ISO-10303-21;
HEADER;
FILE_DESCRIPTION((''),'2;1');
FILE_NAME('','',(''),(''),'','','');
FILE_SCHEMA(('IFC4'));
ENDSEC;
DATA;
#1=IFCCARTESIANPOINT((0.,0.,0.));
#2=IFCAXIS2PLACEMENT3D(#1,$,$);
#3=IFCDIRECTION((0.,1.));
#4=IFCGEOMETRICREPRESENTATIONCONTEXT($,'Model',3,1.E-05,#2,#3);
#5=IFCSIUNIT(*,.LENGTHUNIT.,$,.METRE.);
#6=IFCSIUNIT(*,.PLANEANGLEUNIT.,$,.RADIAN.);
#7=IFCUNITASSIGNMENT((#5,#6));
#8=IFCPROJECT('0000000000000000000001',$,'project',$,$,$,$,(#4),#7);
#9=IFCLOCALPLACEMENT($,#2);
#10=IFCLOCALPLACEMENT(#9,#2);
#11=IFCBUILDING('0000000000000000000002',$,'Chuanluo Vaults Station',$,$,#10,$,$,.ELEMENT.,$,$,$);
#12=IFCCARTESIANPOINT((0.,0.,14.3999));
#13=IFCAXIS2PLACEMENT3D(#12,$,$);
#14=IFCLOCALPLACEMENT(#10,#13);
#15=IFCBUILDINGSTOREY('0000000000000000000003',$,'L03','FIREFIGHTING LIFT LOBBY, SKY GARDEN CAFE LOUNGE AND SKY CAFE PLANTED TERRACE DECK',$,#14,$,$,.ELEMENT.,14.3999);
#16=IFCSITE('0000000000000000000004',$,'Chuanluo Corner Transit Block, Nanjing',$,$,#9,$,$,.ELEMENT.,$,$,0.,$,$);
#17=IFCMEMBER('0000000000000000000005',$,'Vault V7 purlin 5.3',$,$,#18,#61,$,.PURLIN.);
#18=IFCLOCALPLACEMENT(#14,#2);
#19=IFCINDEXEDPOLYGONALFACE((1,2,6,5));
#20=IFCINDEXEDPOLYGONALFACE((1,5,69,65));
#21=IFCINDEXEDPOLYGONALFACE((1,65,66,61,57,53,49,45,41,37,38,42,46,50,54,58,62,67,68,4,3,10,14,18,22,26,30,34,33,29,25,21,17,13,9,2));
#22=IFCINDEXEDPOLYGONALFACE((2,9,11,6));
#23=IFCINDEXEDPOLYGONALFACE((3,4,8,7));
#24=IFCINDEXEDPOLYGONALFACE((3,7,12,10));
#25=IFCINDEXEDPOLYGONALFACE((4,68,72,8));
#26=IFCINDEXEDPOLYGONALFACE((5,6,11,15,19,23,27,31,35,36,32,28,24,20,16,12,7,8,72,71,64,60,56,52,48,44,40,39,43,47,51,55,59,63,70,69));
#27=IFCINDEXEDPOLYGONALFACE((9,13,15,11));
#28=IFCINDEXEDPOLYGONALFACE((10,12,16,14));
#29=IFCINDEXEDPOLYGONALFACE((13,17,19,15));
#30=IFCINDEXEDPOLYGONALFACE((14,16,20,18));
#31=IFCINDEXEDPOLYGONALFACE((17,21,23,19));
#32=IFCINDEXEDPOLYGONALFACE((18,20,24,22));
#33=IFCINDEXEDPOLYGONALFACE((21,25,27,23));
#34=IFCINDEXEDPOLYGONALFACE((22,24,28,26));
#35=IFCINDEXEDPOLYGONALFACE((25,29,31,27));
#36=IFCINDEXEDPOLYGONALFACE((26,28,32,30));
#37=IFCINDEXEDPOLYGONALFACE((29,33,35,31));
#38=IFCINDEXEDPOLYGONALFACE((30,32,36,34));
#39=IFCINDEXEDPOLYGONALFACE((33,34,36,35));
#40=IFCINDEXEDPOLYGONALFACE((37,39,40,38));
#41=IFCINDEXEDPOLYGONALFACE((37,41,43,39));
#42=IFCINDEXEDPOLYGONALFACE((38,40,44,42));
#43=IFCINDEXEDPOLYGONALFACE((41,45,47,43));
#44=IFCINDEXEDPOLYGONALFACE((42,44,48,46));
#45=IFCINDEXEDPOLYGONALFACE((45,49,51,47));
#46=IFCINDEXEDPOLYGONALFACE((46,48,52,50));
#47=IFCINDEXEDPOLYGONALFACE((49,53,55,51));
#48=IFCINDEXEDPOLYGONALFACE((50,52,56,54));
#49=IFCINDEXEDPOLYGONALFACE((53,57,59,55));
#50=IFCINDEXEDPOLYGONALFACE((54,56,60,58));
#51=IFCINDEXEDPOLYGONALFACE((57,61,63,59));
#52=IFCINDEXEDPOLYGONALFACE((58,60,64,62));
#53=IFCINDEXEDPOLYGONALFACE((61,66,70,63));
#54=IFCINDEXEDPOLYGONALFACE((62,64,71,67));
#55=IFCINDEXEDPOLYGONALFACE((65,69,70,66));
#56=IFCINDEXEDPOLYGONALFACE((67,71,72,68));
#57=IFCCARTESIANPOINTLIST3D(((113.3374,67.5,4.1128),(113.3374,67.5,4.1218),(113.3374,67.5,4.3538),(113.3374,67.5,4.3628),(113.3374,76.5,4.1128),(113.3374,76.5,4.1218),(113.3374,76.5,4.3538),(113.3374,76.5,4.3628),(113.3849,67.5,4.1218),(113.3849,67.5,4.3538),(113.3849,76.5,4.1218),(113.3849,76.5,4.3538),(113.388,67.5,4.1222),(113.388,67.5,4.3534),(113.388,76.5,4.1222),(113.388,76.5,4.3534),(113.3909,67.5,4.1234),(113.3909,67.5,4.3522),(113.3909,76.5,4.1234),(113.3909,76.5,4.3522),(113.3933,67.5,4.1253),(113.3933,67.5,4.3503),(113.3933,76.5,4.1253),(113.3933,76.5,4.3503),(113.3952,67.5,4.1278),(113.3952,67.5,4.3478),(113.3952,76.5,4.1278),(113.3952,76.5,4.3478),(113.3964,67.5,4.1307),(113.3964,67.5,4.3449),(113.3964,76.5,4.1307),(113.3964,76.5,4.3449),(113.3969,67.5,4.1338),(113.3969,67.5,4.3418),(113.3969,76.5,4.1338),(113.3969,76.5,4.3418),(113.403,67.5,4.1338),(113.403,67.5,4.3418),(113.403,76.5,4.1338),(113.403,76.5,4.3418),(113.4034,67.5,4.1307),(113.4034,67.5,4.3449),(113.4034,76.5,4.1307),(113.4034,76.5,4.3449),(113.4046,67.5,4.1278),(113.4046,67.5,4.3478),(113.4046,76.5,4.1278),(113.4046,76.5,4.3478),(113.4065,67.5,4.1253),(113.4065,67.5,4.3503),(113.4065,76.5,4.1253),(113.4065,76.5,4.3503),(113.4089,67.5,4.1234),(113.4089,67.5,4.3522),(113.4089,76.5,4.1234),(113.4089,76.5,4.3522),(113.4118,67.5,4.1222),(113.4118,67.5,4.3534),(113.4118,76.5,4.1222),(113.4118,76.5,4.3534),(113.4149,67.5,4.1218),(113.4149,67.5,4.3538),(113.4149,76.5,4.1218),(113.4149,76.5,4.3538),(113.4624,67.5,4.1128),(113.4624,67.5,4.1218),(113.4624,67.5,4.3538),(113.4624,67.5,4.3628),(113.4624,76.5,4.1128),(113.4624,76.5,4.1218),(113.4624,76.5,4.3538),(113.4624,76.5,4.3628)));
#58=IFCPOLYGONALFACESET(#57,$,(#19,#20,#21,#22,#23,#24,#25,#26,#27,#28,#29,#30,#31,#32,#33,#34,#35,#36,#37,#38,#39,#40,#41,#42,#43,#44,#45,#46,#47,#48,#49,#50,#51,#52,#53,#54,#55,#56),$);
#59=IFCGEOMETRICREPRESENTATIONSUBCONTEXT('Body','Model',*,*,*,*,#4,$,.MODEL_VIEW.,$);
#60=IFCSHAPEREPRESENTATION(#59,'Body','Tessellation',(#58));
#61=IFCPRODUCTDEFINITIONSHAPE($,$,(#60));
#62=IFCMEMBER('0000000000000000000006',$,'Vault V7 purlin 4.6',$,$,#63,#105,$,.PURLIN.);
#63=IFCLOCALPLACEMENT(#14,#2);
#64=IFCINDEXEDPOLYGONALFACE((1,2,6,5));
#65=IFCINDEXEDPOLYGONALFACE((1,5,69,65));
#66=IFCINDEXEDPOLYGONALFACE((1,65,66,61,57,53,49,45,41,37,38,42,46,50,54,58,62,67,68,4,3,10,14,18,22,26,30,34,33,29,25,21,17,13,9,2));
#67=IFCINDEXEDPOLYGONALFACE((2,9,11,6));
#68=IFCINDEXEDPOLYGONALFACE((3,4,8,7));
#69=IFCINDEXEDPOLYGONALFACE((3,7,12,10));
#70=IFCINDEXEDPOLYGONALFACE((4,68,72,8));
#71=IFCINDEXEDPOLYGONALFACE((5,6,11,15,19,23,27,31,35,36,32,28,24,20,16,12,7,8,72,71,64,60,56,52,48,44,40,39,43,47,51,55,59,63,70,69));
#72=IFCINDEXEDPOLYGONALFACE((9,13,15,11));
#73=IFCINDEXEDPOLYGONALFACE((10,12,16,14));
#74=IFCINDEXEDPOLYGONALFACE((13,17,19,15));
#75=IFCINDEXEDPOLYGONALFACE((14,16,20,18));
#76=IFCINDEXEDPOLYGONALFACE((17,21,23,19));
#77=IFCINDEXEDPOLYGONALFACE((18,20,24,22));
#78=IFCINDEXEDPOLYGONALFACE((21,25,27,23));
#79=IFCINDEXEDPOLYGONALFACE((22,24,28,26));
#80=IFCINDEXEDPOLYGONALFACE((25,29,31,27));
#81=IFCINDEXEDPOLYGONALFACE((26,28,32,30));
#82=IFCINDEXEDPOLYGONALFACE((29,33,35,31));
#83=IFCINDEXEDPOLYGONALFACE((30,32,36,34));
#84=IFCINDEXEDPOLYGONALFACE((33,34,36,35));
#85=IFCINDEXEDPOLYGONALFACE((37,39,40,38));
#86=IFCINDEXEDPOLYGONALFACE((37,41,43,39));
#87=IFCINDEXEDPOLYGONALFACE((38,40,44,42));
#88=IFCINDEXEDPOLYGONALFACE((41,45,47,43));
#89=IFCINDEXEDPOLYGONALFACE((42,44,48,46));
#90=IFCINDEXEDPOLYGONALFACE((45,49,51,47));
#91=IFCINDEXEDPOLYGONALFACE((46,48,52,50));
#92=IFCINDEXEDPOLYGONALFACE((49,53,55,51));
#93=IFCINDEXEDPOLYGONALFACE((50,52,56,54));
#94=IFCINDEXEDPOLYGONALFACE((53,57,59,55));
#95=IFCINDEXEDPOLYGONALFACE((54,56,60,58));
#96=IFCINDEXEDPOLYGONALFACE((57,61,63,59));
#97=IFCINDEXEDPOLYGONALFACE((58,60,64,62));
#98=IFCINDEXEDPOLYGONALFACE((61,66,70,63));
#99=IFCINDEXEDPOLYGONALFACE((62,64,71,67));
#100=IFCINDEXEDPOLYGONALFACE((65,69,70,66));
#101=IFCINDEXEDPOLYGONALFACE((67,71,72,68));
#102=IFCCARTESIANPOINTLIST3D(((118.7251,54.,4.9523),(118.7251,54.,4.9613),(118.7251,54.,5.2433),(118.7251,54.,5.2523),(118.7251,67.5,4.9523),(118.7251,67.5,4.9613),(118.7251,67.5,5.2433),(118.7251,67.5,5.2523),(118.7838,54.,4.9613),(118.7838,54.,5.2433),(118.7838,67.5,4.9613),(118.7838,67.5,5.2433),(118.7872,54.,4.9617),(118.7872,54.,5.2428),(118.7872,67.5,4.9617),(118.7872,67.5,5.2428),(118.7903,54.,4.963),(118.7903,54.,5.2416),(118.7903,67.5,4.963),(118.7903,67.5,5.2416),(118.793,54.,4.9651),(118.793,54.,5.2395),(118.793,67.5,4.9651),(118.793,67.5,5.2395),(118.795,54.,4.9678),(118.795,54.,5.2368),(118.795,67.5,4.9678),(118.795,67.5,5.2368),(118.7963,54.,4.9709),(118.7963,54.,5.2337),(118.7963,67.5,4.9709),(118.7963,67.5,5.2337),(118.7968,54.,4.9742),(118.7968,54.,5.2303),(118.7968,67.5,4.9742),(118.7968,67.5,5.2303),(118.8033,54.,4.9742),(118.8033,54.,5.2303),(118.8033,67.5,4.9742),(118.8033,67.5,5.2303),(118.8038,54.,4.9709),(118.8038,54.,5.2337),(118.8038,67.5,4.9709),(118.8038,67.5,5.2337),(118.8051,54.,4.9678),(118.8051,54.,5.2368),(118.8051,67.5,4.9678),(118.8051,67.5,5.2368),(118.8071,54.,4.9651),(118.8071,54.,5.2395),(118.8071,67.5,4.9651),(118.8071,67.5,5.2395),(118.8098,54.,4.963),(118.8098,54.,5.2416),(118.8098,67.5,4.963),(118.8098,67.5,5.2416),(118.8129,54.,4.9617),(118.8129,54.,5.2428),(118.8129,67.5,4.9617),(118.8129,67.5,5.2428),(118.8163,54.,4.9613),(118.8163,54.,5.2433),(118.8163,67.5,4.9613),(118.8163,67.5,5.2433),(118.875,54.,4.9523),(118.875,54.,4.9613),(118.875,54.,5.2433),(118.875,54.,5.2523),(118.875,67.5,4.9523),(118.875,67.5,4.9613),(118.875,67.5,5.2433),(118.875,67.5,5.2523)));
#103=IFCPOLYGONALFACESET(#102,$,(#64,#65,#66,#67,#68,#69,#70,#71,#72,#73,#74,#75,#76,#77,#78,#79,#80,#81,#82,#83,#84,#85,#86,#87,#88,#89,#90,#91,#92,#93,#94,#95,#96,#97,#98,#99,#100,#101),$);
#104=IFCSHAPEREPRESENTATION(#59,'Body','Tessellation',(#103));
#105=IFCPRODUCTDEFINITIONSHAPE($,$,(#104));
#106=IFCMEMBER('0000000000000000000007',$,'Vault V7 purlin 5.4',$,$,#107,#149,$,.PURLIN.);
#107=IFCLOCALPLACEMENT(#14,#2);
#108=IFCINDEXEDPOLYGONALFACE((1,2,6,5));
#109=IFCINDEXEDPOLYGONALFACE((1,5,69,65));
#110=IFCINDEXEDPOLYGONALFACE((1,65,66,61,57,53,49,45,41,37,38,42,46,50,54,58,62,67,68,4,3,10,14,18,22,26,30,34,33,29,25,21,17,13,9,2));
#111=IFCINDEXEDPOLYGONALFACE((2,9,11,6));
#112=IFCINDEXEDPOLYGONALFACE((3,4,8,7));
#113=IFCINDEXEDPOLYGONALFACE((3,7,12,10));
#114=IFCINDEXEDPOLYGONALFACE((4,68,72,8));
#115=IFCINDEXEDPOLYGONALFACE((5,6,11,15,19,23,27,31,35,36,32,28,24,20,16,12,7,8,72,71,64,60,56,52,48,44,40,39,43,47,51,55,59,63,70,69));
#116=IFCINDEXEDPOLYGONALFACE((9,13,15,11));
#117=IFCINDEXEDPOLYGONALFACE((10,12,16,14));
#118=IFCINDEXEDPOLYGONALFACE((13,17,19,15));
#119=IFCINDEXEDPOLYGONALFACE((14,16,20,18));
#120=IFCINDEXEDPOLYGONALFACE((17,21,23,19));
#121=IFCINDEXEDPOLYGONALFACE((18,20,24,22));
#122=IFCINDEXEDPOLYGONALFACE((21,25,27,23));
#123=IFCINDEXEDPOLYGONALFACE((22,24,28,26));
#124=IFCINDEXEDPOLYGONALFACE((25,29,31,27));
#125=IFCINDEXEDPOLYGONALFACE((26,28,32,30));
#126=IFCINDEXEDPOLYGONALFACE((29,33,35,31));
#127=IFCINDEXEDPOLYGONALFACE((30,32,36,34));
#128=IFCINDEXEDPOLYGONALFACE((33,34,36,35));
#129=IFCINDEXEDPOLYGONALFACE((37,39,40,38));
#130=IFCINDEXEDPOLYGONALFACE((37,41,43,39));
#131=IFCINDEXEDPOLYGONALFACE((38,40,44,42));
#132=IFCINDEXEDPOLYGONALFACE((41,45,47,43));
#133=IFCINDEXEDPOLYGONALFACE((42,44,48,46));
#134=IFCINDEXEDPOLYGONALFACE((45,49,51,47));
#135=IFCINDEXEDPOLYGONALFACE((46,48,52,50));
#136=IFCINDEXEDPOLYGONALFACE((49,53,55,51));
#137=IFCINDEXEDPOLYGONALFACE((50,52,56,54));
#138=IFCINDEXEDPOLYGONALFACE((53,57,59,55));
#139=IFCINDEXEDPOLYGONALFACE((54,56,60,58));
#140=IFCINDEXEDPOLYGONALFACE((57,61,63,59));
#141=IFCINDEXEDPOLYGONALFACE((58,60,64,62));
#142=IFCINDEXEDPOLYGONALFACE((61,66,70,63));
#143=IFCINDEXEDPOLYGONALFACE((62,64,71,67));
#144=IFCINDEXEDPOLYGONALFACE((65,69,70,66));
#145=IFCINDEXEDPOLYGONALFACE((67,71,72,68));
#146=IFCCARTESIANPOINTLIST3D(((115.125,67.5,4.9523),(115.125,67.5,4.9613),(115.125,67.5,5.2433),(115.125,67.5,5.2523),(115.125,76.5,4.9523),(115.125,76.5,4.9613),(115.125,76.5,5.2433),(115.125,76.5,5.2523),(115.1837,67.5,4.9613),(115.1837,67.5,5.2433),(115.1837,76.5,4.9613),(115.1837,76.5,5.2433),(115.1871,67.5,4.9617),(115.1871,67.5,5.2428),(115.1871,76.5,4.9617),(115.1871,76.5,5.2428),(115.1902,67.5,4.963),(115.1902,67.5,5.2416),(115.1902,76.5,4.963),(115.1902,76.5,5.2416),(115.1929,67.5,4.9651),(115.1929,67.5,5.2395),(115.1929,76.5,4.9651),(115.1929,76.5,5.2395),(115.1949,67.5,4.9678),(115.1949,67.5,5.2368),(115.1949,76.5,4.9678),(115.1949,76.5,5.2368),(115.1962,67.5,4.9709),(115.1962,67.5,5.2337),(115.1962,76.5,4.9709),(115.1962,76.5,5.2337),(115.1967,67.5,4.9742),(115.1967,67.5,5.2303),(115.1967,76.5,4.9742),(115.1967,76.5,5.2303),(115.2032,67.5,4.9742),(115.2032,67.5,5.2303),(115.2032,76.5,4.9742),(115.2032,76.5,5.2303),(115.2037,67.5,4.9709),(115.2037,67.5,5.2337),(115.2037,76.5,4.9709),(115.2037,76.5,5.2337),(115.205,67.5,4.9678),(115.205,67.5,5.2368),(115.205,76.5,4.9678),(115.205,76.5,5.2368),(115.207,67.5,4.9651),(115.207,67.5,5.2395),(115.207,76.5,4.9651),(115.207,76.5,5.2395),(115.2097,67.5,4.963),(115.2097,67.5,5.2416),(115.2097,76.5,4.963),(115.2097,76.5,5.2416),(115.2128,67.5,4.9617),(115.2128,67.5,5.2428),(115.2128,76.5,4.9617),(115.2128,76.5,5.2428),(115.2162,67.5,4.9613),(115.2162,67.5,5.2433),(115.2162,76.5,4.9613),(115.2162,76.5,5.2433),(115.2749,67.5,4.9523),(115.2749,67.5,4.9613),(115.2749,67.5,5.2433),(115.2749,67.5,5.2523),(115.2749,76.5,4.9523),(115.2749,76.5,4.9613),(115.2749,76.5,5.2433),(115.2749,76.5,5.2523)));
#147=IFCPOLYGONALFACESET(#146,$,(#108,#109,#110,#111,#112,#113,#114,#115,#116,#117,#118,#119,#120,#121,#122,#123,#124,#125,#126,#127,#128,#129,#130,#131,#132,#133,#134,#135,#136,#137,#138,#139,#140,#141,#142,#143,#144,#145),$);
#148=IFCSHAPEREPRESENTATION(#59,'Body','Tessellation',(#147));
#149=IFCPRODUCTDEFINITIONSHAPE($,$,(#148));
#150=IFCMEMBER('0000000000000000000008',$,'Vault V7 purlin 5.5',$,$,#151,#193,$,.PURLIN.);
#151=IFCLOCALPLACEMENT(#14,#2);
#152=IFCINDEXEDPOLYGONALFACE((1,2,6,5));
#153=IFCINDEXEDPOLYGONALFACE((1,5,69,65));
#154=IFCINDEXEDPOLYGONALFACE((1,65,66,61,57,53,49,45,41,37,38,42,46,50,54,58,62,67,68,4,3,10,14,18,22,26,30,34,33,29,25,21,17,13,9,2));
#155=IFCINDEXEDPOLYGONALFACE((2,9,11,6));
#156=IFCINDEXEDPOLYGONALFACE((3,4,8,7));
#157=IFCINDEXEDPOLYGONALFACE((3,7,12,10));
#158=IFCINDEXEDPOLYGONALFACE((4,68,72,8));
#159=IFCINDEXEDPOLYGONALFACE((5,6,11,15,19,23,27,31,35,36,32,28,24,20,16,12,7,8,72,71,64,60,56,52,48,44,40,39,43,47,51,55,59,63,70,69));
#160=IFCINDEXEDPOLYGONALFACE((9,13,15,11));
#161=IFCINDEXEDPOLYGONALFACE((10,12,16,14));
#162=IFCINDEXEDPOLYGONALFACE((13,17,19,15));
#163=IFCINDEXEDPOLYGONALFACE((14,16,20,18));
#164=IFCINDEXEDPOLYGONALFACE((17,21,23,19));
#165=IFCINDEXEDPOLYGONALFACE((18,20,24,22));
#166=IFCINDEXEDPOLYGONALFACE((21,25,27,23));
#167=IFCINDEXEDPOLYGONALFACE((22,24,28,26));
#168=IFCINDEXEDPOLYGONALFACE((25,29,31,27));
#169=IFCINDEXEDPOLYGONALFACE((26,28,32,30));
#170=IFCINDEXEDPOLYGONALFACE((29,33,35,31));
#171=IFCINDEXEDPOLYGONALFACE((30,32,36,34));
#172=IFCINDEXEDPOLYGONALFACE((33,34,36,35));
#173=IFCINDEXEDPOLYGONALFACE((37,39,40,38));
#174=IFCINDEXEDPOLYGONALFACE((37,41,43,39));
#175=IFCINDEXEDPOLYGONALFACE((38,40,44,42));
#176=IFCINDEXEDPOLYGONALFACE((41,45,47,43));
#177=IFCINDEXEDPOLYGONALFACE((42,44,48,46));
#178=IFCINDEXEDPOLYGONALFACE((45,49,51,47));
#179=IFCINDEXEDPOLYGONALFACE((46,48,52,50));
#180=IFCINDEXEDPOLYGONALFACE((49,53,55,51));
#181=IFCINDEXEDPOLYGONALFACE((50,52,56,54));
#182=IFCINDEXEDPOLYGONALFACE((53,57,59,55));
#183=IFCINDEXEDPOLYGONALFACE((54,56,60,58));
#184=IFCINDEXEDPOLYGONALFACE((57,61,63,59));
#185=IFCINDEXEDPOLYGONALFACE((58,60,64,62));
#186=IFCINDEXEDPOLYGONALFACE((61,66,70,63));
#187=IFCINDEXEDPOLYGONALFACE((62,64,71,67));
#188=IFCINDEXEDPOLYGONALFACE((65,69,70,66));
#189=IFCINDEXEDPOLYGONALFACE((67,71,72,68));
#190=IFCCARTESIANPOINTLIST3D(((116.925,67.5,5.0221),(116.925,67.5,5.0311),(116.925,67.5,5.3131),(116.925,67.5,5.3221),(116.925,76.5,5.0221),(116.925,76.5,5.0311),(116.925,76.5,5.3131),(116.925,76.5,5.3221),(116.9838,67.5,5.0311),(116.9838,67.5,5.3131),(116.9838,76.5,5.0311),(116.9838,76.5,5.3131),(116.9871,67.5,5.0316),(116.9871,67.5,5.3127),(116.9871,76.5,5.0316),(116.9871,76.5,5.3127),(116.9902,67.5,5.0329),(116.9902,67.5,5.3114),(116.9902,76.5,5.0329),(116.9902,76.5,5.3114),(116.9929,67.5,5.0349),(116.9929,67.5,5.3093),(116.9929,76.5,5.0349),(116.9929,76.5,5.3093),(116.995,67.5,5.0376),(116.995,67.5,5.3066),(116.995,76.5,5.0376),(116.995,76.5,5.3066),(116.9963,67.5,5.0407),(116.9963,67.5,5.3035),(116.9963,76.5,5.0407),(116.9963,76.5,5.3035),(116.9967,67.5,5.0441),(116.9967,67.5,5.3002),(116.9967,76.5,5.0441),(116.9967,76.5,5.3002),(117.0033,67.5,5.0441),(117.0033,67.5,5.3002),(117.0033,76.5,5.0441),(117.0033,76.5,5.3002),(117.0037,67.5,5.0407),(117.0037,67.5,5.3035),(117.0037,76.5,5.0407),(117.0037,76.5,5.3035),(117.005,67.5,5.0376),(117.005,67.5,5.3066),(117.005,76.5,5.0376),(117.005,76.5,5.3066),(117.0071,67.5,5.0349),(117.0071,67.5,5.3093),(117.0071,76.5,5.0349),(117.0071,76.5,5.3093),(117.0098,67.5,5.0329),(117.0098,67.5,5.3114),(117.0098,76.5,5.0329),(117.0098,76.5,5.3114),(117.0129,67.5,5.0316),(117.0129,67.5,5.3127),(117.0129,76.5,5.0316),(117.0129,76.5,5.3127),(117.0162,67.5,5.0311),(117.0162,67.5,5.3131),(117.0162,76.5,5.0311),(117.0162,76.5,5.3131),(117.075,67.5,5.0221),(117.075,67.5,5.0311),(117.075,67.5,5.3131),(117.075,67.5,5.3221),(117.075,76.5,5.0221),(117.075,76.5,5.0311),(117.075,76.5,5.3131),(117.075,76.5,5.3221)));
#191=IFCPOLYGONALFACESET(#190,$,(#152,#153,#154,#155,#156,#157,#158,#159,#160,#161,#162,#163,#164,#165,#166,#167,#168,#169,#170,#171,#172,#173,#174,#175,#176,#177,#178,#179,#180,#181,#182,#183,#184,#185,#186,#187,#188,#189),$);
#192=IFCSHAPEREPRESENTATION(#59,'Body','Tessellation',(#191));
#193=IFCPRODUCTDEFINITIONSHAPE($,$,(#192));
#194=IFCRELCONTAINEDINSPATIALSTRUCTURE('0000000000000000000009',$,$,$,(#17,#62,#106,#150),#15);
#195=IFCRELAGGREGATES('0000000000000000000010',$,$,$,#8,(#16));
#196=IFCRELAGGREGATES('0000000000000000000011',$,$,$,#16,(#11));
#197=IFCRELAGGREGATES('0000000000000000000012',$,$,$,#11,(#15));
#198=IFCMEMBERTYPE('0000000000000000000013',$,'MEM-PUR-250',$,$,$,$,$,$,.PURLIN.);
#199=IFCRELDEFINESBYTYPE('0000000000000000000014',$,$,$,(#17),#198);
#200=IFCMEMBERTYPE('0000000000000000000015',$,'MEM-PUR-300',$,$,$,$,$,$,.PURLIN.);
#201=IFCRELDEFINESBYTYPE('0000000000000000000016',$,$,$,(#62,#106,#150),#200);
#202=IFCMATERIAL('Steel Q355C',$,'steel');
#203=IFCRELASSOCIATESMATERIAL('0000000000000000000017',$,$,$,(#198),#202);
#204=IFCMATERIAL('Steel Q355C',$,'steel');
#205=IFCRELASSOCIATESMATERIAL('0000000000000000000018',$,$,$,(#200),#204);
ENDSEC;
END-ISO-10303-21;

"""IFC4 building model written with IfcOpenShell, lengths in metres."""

from ifc_helpers import new_model, si_unit, direction, frame, origin, origin_2d, place, context, subcontext, project, spatial, i_section, extrude, material, material_profile, profile_set, type_object, element, save


model = new_model("IFC4")

# Units and contexts
model_context = context("Model", 3, precision=1e-05, world=origin(), true_north=direction((0.0, 1.0)))
body_context = subcontext(model_context, "Body", "Model", "MODEL_VIEW")
ifc_project = project(units=[si_unit("LENGTHUNIT", "METRE"), si_unit("PLANEANGLEUNIT", "RADIAN")], contexts=[model_context])

# Site, building, storey
site_placement = place(None, origin())
site = spatial("IfcSite", under=ifc_project, at=site_placement, Name="Chuanluo Corner Transit Block, Nanjing", CompositionType="ELEMENT", RefElevation=0.0)
building_placement = place(site_placement, origin())
building = spatial("IfcBuilding", under=site, at=building_placement, Name="Chuanluo Vaults Station", CompositionType="ELEMENT")
storey_placement = place(building_placement, frame((0.0, 0.0, 14.3999)))
storey = spatial("IfcBuildingStorey", under=building, at=storey_placement, Name="L03", Description="FIREFIGHTING LIFT LOBBY, SKY GARDEN CAFE LOUNGE AND SKY CAFE PLANTED TERRACE DECK", CompositionType="ELEMENT", Elevation=14.3999)

# Members
ifc_material_1 = material(Name="Steel Q355C", Category="steel")
ifc_material_profile_1 = material_profile(ifc_material_1, i_section(OverallWidth=0.125, OverallDepth=0.25, WebThickness=0.0061, FlangeThickness=0.009, FilletRadius=0.012, at=origin_2d()))
ifc_profile_set_1 = profile_set([ifc_material_profile_1], Name="Steel Q355C")
member_type_1 = type_object("IfcMemberType", Name="MEM-PUR-250", PredefinedType="PURLIN", material=ifc_profile_set_1)
for number, where, z_axis, x_axis, name in (
    (1, (113.3999, 67.5, 4.2378), (0.0, 1.0, 0.0), (-1.0, 0.0, 0.0), "Vault V7 purlin 5.3"),
):
    element("IfcMember", number, at=place(storey_placement, frame(where, z_axis=z_axis, x_axis=x_axis)), inside=storey, type_object=member_type_1, Name=name, PredefinedType="PURLIN", context=body_context, shape_type="SweptSolid", body=[
        extrude(i_section(OverallWidth=0.125, OverallDepth=0.25, WebThickness=0.0061, FlangeThickness=0.009, FilletRadius=0.012, at=origin_2d()), origin(), (0.0, 0.0, 1.0), 9.0),
    ])
ifc_material_2 = material(Name="Steel Q355C", Category="steel")
ifc_material_profile_2 = material_profile(ifc_material_2, i_section(OverallWidth=0.1499, OverallDepth=0.3, WebThickness=0.0066, FlangeThickness=0.009, FilletRadius=0.0129, at=origin_2d()))
ifc_profile_set_2 = profile_set([ifc_material_profile_2], Name="Steel Q355C")
member_type_2 = type_object("IfcMemberType", Name="MEM-PUR-300", PredefinedType="PURLIN", material=ifc_profile_set_2)
member_1_placement = place(storey_placement, frame((118.8, 54.0, 5.1023), z_axis=(0.0, 1.0, 0.0), x_axis=(-1.0, 0.0, 0.0)))
element("IfcMember", 2, at=member_1_placement, inside=storey, type_object=member_type_2, Name="Vault V7 purlin 4.6", PredefinedType="PURLIN", context=body_context, shape_type="SweptSolid", body=[
    extrude(i_section(OverallWidth=0.1499, OverallDepth=0.3, WebThickness=0.0066, FlangeThickness=0.009, FilletRadius=0.0129, at=origin_2d()), origin(), (0.0, 0.0, 1.0), 13.5),
])
for number, where, z_axis, x_axis, name in (
    (3, (115.2, 67.5, 5.1023), (0.0, 1.0, 0.0), (-1.0, 0.0, 0.0), "Vault V7 purlin 5.4"),
    (4, (117.0, 67.5, 5.1721), (0.0, 1.0, 0.0), (-1.0, 0.0, 0.0), "Vault V7 purlin 5.5"),
):
    element("IfcMember", number, at=place(storey_placement, frame(where, z_axis=z_axis, x_axis=x_axis)), inside=storey, type_object=member_type_2, Name=name, PredefinedType="PURLIN", context=body_context, shape_type="SweptSolid", body=[
        extrude(i_section(OverallWidth=0.1499, OverallDepth=0.3, WebThickness=0.0066, FlangeThickness=0.009, FilletRadius=0.0129, at=origin_2d()), origin(), (0.0, 0.0, 1.0), 9.0),
    ])

save(model, "model.ifc")
